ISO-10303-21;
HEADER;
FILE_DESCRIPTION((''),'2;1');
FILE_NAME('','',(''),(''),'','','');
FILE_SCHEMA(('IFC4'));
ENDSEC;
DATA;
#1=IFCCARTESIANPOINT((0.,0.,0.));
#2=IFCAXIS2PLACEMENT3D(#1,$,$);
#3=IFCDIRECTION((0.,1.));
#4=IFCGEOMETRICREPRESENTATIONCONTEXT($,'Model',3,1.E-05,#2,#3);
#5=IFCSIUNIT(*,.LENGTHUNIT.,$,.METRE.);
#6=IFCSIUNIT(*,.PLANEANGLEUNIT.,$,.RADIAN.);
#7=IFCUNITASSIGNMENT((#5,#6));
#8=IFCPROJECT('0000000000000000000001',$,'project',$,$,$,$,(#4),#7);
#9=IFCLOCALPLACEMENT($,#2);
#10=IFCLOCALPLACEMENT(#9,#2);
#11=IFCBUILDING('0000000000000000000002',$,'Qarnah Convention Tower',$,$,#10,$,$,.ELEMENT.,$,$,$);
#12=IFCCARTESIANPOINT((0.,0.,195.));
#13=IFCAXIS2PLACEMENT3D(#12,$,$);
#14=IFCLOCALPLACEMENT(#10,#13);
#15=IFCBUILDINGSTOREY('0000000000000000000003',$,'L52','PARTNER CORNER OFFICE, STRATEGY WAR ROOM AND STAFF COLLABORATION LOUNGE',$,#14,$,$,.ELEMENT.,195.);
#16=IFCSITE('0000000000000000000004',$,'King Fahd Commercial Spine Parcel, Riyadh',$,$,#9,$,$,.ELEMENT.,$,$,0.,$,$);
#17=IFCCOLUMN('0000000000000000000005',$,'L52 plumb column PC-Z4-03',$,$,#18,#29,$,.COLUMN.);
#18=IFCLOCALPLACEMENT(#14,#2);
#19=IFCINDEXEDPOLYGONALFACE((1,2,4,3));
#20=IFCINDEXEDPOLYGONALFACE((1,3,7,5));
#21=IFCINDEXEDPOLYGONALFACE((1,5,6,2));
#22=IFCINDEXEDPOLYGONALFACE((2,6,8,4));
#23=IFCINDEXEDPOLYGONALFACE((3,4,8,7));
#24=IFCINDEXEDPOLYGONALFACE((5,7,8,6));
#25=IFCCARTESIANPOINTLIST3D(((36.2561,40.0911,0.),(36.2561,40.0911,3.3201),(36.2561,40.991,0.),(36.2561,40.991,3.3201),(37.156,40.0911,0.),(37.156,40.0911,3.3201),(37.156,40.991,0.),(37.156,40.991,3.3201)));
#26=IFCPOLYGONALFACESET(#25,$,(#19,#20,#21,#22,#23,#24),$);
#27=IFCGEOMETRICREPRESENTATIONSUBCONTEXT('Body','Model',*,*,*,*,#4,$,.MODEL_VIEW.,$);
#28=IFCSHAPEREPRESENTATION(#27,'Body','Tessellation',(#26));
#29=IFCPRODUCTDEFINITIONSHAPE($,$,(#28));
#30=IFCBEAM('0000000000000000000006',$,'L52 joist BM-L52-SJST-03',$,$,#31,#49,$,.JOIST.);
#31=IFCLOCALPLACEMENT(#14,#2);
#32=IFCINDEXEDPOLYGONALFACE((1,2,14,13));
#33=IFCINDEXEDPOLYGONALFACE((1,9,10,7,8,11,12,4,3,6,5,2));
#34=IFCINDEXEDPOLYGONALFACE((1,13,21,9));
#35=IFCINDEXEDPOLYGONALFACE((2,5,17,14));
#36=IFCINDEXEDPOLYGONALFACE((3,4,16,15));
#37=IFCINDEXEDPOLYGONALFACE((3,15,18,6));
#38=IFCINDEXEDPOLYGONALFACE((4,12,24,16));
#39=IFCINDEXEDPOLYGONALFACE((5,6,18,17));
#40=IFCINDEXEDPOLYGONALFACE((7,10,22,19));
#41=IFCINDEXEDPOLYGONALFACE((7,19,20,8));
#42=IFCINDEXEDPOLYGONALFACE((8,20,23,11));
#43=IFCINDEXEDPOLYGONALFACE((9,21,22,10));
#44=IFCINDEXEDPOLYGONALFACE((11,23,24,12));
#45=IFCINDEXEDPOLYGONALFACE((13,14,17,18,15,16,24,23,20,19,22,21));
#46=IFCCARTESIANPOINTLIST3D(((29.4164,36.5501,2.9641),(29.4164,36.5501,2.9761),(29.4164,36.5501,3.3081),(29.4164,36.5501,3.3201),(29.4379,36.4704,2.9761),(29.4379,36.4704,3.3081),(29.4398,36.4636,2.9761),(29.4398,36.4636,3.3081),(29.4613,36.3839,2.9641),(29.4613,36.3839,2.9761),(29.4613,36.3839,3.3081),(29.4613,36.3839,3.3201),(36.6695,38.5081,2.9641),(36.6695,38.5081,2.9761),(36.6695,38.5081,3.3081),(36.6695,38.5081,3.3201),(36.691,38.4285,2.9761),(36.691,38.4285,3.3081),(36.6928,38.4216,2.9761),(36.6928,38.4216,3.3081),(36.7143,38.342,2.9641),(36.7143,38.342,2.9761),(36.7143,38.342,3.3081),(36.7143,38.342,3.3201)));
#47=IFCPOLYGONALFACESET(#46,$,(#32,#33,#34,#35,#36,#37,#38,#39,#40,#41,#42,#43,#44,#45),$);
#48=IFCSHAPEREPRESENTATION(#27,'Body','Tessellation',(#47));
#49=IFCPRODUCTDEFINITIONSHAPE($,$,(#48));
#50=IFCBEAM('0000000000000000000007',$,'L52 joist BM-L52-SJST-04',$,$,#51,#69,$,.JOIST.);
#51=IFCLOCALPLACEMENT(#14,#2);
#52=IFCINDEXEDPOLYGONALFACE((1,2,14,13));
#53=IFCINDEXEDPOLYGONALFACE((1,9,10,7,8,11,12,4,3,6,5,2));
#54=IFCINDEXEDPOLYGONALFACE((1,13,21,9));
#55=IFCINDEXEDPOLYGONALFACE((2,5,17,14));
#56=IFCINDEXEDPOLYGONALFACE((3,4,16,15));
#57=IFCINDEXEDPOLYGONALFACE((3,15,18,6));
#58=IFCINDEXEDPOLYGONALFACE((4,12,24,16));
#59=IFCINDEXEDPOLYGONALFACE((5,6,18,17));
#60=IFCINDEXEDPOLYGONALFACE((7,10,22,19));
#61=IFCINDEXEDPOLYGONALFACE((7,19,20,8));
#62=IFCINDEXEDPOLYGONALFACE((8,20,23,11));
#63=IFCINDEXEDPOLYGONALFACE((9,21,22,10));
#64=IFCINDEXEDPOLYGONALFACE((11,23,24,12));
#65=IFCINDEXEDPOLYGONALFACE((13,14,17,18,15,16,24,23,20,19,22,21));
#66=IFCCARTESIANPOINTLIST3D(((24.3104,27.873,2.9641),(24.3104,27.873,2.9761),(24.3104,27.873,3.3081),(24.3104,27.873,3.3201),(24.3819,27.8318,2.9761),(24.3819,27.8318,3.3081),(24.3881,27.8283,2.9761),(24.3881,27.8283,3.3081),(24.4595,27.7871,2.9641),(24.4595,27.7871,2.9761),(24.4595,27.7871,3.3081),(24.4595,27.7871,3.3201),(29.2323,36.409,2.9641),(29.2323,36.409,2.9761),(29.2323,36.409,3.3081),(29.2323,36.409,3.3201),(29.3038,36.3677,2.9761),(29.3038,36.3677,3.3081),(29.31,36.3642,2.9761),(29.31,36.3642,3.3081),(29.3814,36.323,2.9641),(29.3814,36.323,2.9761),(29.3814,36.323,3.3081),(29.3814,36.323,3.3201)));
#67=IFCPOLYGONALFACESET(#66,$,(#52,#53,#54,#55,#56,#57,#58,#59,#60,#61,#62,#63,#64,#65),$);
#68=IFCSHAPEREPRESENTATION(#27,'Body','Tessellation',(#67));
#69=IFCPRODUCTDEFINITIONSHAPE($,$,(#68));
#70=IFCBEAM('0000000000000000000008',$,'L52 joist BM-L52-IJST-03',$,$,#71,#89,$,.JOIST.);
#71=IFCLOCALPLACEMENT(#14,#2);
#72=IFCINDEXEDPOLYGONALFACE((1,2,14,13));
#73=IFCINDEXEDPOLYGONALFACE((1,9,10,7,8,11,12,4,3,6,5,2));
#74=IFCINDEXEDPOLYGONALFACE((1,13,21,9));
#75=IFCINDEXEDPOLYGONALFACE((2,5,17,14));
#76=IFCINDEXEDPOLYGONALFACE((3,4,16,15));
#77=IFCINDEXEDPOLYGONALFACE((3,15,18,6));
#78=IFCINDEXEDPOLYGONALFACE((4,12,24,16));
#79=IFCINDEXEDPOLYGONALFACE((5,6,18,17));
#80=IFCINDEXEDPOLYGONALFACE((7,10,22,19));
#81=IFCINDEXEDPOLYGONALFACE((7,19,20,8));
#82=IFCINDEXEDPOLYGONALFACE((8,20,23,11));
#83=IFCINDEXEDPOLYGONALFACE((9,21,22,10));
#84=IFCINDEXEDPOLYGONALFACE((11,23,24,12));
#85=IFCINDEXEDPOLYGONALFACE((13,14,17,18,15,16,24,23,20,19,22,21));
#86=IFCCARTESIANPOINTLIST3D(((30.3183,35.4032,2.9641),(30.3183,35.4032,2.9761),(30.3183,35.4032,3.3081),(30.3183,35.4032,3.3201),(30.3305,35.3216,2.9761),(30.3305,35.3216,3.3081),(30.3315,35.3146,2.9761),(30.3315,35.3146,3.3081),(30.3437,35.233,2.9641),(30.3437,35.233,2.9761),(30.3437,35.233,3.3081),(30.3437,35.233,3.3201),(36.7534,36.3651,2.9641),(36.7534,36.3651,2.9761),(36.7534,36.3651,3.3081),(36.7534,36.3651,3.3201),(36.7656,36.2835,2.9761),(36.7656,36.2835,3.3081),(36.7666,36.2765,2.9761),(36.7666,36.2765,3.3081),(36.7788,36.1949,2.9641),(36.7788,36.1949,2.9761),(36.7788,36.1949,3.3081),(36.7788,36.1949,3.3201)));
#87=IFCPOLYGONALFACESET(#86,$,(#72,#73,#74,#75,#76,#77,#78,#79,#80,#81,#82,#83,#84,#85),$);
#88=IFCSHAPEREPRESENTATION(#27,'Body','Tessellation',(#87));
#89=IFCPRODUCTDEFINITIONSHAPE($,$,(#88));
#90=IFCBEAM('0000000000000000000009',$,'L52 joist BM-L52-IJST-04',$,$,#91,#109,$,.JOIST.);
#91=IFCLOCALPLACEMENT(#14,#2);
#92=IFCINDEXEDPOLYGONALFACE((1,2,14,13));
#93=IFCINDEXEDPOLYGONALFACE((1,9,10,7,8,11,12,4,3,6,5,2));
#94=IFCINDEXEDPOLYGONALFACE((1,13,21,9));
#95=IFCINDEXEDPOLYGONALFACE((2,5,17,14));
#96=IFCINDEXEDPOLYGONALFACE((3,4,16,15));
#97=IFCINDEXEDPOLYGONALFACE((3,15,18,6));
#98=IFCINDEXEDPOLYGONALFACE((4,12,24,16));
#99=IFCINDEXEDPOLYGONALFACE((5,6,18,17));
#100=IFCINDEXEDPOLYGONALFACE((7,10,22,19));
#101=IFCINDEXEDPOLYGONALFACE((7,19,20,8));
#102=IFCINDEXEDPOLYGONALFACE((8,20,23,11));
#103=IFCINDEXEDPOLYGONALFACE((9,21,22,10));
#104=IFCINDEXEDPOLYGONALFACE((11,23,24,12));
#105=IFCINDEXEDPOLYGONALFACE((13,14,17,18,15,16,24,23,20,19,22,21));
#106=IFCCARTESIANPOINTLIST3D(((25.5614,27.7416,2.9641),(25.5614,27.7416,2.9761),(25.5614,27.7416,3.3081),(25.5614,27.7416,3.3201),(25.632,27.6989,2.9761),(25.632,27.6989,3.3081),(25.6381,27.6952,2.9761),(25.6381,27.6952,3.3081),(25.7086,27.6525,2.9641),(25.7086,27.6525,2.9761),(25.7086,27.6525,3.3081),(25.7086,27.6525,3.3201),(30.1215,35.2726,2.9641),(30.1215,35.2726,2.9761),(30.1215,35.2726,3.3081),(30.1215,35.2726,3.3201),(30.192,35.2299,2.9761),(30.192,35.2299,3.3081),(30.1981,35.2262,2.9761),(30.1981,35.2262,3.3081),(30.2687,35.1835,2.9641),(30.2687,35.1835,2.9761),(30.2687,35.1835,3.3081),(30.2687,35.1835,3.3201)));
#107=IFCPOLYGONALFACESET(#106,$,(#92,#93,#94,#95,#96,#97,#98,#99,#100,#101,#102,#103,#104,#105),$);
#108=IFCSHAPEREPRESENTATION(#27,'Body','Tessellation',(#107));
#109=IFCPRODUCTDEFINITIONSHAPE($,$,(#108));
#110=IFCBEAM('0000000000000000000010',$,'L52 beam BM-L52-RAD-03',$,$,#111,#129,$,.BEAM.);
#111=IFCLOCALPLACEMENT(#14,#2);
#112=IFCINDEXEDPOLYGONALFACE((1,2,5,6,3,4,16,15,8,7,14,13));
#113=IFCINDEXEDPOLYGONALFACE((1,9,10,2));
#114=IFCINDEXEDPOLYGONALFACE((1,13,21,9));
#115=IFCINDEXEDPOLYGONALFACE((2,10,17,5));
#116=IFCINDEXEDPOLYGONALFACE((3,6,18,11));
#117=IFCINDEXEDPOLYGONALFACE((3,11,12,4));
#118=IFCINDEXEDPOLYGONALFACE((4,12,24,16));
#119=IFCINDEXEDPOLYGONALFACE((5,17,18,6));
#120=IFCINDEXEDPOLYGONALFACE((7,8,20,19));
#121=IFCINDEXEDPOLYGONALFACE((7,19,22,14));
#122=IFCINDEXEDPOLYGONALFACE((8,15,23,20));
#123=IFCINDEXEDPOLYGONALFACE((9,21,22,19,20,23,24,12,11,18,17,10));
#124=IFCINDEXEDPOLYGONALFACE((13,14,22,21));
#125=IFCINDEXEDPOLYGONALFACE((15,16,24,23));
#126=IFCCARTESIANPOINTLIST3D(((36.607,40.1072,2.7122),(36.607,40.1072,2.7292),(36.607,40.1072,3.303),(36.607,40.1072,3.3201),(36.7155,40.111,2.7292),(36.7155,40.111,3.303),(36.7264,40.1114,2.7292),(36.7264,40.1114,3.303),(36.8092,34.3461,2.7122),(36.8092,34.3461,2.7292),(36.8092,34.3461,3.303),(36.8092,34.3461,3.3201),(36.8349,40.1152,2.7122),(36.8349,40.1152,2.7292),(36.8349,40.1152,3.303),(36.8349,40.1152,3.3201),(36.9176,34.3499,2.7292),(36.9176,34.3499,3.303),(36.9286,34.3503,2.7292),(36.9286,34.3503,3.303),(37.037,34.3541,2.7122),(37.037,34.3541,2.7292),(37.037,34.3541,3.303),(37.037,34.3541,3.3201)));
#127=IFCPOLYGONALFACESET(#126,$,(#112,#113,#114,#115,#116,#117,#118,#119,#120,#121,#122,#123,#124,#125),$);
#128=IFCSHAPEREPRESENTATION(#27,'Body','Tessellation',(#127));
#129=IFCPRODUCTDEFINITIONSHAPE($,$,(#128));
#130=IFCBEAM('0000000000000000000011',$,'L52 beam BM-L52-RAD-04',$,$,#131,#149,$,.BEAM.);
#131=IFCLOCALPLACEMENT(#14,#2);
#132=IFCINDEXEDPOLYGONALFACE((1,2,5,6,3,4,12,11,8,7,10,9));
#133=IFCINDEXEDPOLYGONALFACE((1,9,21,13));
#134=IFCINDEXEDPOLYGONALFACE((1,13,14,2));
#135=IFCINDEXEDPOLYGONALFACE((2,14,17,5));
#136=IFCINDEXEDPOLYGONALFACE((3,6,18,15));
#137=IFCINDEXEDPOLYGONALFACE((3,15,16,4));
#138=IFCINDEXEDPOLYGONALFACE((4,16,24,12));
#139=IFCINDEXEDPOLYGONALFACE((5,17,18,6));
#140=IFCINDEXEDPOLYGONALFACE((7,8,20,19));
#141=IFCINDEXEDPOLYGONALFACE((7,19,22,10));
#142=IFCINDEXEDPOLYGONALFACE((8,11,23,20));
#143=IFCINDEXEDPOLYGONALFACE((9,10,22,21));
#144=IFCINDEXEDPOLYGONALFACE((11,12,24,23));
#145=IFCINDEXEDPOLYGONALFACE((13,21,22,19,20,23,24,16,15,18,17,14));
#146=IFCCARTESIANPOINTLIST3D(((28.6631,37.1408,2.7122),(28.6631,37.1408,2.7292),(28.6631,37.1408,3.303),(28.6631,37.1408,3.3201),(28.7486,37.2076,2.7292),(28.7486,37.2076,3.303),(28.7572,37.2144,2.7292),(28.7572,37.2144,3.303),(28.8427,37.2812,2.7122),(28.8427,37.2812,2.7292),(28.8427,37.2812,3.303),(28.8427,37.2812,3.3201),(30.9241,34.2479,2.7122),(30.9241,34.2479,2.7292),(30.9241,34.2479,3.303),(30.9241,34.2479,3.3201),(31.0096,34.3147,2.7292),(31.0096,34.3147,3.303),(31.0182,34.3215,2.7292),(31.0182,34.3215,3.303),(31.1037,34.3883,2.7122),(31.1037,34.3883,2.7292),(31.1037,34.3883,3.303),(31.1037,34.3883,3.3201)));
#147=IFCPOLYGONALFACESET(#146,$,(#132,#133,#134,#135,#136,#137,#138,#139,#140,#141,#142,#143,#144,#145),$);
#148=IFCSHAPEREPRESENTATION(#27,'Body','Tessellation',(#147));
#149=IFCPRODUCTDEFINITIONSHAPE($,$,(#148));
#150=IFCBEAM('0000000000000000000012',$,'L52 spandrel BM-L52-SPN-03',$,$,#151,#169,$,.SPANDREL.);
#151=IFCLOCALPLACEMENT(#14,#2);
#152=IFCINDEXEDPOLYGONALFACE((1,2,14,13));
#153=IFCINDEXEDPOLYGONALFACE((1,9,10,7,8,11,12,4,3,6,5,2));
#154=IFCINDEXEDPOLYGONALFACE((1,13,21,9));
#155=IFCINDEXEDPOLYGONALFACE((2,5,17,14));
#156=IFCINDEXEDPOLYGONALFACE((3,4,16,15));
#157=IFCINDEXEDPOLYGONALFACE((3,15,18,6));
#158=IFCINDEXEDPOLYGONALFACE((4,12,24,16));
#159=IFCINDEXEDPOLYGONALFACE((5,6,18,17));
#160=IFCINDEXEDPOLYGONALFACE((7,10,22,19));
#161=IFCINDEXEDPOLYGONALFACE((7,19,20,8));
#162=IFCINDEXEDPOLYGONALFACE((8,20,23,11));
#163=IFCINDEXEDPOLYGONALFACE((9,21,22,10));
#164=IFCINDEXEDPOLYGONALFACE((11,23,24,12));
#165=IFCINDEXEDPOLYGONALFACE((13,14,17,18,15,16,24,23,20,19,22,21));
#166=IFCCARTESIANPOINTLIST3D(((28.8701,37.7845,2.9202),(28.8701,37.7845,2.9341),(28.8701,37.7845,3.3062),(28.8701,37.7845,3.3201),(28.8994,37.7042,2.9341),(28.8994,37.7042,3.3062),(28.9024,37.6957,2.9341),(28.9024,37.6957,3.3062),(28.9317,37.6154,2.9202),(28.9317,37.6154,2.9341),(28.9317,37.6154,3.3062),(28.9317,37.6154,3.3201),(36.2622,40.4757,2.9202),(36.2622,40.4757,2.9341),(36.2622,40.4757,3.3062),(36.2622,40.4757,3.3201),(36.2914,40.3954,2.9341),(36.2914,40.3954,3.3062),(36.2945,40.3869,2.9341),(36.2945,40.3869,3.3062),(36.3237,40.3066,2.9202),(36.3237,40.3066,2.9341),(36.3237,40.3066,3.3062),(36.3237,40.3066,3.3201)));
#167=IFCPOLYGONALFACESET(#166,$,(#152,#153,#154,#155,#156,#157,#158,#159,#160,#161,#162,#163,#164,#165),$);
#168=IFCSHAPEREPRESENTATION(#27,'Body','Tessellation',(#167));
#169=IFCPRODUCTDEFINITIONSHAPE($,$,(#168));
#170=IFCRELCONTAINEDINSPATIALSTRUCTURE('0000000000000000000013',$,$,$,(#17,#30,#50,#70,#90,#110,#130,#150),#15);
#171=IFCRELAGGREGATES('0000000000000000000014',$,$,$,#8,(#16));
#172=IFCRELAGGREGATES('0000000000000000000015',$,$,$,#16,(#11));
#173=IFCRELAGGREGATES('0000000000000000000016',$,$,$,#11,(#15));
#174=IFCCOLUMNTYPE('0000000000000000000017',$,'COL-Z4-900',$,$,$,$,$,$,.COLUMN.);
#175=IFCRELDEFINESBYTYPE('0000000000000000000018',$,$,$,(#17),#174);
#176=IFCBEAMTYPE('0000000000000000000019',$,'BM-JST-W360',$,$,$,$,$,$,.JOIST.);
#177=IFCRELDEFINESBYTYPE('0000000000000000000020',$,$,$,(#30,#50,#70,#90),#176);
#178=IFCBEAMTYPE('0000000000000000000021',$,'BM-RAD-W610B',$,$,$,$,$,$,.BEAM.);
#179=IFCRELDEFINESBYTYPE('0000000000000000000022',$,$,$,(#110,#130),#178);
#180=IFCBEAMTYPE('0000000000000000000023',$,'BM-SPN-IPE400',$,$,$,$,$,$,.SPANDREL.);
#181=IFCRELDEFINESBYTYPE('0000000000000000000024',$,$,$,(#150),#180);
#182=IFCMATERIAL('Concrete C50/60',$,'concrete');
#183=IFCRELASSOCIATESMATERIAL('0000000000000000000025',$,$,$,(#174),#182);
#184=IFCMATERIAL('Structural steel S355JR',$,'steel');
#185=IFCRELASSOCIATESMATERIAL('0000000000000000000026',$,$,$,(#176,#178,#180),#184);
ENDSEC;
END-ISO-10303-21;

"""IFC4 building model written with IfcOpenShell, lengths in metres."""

from ifc_helpers import new_model, si_unit, direction, frame, origin, origin_2d, place, context, subcontext, project, spatial, rectangle, i_section, extrude, material, material_profile, profile_set, type_object, element, save


model = new_model("IFC4")

# Units and contexts
model_context = context("Model", 3, precision=1e-05, world=origin(), true_north=direction((0.0, 1.0)))
body_context = subcontext(model_context, "Body", "Model", "MODEL_VIEW")
ifc_project = project(units=[si_unit("LENGTHUNIT", "METRE"), si_unit("PLANEANGLEUNIT", "RADIAN")], contexts=[model_context])

# Site, building, storey
site_placement = place(None, origin())
site = spatial("IfcSite", under=ifc_project, at=site_placement, Name="King Fahd Commercial Spine Parcel, Riyadh", CompositionType="ELEMENT", RefElevation=0.0)
building_placement = place(site_placement, origin())
building = spatial("IfcBuilding", under=site, at=building_placement, Name="Qarnah Convention Tower", CompositionType="ELEMENT")
storey_placement = place(building_placement, frame((0.0, 0.0, 195.0)))
storey = spatial("IfcBuildingStorey", under=building, at=storey_placement, Name="L52", Description="PARTNER CORNER OFFICE, STRATEGY WAR ROOM AND STAFF COLLABORATION LOUNGE", CompositionType="ELEMENT", Elevation=195.0)

# Column
ifc_material_1 = material(Name="Concrete C50/60", Category="concrete")
ifc_material_profile_1 = material_profile(ifc_material_1, rectangle(XDim=0.8999, YDim=0.8999, at=origin_2d()), Name="RC-COL-900X900")
ifc_profile_set_1 = profile_set([ifc_material_profile_1], Name="Concrete C50/60")
column_type = type_object("IfcColumnType", Name="COL-Z4-900", PredefinedType="COLUMN", material=ifc_profile_set_1)
column_placement = place(storey_placement, frame((36.7061, 40.541, 0.0), z_axis=(0.0, 0.0, 1.0), x_axis=(1.0, 0.0, 0.0)))
element("IfcColumn", 1, at=column_placement, inside=storey, type_object=column_type, Name="L52 plumb column PC-Z4-03", PredefinedType="COLUMN", context=body_context, shape_type="SweptSolid", body=[
    extrude(rectangle(XDim=0.8999, YDim=0.8999, at=origin_2d()), origin(), (0.0, 0.0, 1.0), 3.3201),
])

# Beams
ifc_material_2 = material(Name="Structural steel S355JR", Category="steel")
ifc_material_profile_2 = material_profile(ifc_material_2, i_section(OverallWidth=0.1721, OverallDepth=0.356, WebThickness=0.0071, FlangeThickness=0.012, at=origin_2d()), Name="W360X51")
ifc_profile_set_2 = profile_set([ifc_material_profile_2], Name="Structural steel S355JR")
beam_type_1 = type_object("IfcBeamType", Name="BM-JST-W360", PredefinedType="JOIST", material=ifc_profile_set_2)
beam_1_placement = place(storey_placement, frame((36.6919, 38.425, 3.1421), z_axis=(-0.965439, -0.260631, 0.0), x_axis=(0.260631, -0.965439, 0.0)))
element("IfcBeam", 2, at=beam_1_placement, inside=storey, type_object=beam_type_1, Name="L52 joist BM-L52-SJST-03", PredefinedType="JOIST", context=body_context, shape_type="SweptSolid", body=[
    extrude(i_section(OverallWidth=0.1721, OverallDepth=0.356, WebThickness=0.0071, FlangeThickness=0.012, at=origin_2d()), origin(), (0.0, 0.0, 1.0), 7.5127),
])
beam_2_placement = place(storey_placement, frame((29.3069, 36.366, 3.1421), z_axis=(-0.499519, -0.866303, 0.0), x_axis=(0.866303, -0.499519, 0.0)))
element("IfcBeam", 3, at=beam_2_placement, inside=storey, type_object=beam_type_1, Name="L52 joist BM-L52-SJST-04", PredefinedType="JOIST", context=body_context, shape_type="SweptSolid", body=[
    extrude(i_section(OverallWidth=0.1721, OverallDepth=0.356, WebThickness=0.0071, FlangeThickness=0.012, at=origin_2d()), origin(), (0.0, 0.0, 1.0), 9.8533),
])
beam_3_placement = place(storey_placement, frame((36.7661, 36.28, 3.1421), z_axis=(-0.989012, -0.147838, 0.0), x_axis=(0.147838, -0.989012, 0.0)))
element("IfcBeam", 4, at=beam_3_placement, inside=storey, type_object=beam_type_1, Name="L52 joist BM-L52-IJST-03", PredefinedType="JOIST", context=body_context, shape_type="SweptSolid", body=[
    extrude(i_section(OverallWidth=0.1721, OverallDepth=0.356, WebThickness=0.0071, FlangeThickness=0.012, at=origin_2d()), origin(), (0.0, 0.0, 1.0), 6.5066),
])
beam_4_placement = place(storey_placement, frame((30.1951, 35.228, 3.1421), z_axis=(-0.517954, -0.855409, 0.0), x_axis=(0.855409, -0.517954, 0.0)))
element("IfcBeam", 5, at=beam_4_placement, inside=storey, type_object=beam_type_1, Name="L52 joist BM-L52-IJST-04", PredefinedType="JOIST", context=body_context, shape_type="SweptSolid", body=[
    extrude(i_section(OverallWidth=0.1721, OverallDepth=0.356, WebThickness=0.0071, FlangeThickness=0.012, at=origin_2d()), origin(), (0.0, 0.0, 1.0), 8.804),
])
ifc_material_profile_3 = material_profile(ifc_material_2, i_section(OverallWidth=0.228, OverallDepth=0.6079, WebThickness=0.011, FlangeThickness=0.0171, at=origin_2d()), Name="W610X113")
ifc_profile_set_3 = profile_set([ifc_material_profile_3], Name="Structural steel S355JR")
beam_type_2 = type_object("IfcBeamType", Name="BM-RAD-W610B", PredefinedType="BEAM", material=ifc_profile_set_3)
beam_5_placement = place(storey_placement, frame((36.9231, 34.3501, 3.0161), z_axis=(-0.035068, 0.999385, 0.0), x_axis=(-0.999385, -0.035068, 0.0)))
element("IfcBeam", 6, at=beam_5_placement, inside=storey, type_object=beam_type_2, Name="L52 beam BM-L52-RAD-03", PredefinedType="BEAM", context=body_context, shape_type="SweptSolid", body=[
    extrude(i_section(OverallWidth=0.228, OverallDepth=0.6079, WebThickness=0.011, FlangeThickness=0.0171, at=origin_2d()), origin(), (0.0, 0.0, 1.0), 5.7646),
])
beam_6_placement = place(storey_placement, frame((31.0139, 34.3181, 3.0161), z_axis=(-0.615808, 0.787896, 0.0), x_axis=(-0.787896, -0.615808, 0.0)))
element("IfcBeam", 7, at=beam_6_placement, inside=storey, type_object=beam_type_2, Name="L52 beam BM-L52-RAD-04", PredefinedType="BEAM", context=body_context, shape_type="SweptSolid", body=[
    extrude(i_section(OverallWidth=0.228, OverallDepth=0.6079, WebThickness=0.011, FlangeThickness=0.0171, at=origin_2d()), origin(), (0.0, 0.0, 1.0), 3.6716),
])
ifc_material_profile_4 = material_profile(ifc_material_2, i_section(OverallWidth=0.1799, OverallDepth=0.3999, WebThickness=0.009, FlangeThickness=0.0139, at=origin_2d()), Name="IPE400")
ifc_profile_set_4 = profile_set([ifc_material_profile_4], Name="Structural steel S355JR")
beam_type_3 = type_object("IfcBeamType", Name="BM-SPN-IPE400", PredefinedType="SPANDREL", material=ifc_profile_set_4)
beam_7_placement = place(storey_placement, frame((36.293, 40.3911, 3.1201), z_axis=(-0.939666, -0.342094, 0.0), x_axis=(0.342094, -0.939666, 0.0)))
element("IfcBeam", 8, at=beam_7_placement, inside=storey, type_object=beam_type_3, Name="L52 spandrel BM-L52-SPN-03", PredefinedType="SPANDREL", context=body_context, shape_type="SweptSolid", body=[
    extrude(i_section(OverallWidth=0.1799, OverallDepth=0.3999, WebThickness=0.009, FlangeThickness=0.0139, at=origin_2d()), origin(), (0.0, 0.0, 1.0), 7.8667),
])

save(model, "model.ifc")
